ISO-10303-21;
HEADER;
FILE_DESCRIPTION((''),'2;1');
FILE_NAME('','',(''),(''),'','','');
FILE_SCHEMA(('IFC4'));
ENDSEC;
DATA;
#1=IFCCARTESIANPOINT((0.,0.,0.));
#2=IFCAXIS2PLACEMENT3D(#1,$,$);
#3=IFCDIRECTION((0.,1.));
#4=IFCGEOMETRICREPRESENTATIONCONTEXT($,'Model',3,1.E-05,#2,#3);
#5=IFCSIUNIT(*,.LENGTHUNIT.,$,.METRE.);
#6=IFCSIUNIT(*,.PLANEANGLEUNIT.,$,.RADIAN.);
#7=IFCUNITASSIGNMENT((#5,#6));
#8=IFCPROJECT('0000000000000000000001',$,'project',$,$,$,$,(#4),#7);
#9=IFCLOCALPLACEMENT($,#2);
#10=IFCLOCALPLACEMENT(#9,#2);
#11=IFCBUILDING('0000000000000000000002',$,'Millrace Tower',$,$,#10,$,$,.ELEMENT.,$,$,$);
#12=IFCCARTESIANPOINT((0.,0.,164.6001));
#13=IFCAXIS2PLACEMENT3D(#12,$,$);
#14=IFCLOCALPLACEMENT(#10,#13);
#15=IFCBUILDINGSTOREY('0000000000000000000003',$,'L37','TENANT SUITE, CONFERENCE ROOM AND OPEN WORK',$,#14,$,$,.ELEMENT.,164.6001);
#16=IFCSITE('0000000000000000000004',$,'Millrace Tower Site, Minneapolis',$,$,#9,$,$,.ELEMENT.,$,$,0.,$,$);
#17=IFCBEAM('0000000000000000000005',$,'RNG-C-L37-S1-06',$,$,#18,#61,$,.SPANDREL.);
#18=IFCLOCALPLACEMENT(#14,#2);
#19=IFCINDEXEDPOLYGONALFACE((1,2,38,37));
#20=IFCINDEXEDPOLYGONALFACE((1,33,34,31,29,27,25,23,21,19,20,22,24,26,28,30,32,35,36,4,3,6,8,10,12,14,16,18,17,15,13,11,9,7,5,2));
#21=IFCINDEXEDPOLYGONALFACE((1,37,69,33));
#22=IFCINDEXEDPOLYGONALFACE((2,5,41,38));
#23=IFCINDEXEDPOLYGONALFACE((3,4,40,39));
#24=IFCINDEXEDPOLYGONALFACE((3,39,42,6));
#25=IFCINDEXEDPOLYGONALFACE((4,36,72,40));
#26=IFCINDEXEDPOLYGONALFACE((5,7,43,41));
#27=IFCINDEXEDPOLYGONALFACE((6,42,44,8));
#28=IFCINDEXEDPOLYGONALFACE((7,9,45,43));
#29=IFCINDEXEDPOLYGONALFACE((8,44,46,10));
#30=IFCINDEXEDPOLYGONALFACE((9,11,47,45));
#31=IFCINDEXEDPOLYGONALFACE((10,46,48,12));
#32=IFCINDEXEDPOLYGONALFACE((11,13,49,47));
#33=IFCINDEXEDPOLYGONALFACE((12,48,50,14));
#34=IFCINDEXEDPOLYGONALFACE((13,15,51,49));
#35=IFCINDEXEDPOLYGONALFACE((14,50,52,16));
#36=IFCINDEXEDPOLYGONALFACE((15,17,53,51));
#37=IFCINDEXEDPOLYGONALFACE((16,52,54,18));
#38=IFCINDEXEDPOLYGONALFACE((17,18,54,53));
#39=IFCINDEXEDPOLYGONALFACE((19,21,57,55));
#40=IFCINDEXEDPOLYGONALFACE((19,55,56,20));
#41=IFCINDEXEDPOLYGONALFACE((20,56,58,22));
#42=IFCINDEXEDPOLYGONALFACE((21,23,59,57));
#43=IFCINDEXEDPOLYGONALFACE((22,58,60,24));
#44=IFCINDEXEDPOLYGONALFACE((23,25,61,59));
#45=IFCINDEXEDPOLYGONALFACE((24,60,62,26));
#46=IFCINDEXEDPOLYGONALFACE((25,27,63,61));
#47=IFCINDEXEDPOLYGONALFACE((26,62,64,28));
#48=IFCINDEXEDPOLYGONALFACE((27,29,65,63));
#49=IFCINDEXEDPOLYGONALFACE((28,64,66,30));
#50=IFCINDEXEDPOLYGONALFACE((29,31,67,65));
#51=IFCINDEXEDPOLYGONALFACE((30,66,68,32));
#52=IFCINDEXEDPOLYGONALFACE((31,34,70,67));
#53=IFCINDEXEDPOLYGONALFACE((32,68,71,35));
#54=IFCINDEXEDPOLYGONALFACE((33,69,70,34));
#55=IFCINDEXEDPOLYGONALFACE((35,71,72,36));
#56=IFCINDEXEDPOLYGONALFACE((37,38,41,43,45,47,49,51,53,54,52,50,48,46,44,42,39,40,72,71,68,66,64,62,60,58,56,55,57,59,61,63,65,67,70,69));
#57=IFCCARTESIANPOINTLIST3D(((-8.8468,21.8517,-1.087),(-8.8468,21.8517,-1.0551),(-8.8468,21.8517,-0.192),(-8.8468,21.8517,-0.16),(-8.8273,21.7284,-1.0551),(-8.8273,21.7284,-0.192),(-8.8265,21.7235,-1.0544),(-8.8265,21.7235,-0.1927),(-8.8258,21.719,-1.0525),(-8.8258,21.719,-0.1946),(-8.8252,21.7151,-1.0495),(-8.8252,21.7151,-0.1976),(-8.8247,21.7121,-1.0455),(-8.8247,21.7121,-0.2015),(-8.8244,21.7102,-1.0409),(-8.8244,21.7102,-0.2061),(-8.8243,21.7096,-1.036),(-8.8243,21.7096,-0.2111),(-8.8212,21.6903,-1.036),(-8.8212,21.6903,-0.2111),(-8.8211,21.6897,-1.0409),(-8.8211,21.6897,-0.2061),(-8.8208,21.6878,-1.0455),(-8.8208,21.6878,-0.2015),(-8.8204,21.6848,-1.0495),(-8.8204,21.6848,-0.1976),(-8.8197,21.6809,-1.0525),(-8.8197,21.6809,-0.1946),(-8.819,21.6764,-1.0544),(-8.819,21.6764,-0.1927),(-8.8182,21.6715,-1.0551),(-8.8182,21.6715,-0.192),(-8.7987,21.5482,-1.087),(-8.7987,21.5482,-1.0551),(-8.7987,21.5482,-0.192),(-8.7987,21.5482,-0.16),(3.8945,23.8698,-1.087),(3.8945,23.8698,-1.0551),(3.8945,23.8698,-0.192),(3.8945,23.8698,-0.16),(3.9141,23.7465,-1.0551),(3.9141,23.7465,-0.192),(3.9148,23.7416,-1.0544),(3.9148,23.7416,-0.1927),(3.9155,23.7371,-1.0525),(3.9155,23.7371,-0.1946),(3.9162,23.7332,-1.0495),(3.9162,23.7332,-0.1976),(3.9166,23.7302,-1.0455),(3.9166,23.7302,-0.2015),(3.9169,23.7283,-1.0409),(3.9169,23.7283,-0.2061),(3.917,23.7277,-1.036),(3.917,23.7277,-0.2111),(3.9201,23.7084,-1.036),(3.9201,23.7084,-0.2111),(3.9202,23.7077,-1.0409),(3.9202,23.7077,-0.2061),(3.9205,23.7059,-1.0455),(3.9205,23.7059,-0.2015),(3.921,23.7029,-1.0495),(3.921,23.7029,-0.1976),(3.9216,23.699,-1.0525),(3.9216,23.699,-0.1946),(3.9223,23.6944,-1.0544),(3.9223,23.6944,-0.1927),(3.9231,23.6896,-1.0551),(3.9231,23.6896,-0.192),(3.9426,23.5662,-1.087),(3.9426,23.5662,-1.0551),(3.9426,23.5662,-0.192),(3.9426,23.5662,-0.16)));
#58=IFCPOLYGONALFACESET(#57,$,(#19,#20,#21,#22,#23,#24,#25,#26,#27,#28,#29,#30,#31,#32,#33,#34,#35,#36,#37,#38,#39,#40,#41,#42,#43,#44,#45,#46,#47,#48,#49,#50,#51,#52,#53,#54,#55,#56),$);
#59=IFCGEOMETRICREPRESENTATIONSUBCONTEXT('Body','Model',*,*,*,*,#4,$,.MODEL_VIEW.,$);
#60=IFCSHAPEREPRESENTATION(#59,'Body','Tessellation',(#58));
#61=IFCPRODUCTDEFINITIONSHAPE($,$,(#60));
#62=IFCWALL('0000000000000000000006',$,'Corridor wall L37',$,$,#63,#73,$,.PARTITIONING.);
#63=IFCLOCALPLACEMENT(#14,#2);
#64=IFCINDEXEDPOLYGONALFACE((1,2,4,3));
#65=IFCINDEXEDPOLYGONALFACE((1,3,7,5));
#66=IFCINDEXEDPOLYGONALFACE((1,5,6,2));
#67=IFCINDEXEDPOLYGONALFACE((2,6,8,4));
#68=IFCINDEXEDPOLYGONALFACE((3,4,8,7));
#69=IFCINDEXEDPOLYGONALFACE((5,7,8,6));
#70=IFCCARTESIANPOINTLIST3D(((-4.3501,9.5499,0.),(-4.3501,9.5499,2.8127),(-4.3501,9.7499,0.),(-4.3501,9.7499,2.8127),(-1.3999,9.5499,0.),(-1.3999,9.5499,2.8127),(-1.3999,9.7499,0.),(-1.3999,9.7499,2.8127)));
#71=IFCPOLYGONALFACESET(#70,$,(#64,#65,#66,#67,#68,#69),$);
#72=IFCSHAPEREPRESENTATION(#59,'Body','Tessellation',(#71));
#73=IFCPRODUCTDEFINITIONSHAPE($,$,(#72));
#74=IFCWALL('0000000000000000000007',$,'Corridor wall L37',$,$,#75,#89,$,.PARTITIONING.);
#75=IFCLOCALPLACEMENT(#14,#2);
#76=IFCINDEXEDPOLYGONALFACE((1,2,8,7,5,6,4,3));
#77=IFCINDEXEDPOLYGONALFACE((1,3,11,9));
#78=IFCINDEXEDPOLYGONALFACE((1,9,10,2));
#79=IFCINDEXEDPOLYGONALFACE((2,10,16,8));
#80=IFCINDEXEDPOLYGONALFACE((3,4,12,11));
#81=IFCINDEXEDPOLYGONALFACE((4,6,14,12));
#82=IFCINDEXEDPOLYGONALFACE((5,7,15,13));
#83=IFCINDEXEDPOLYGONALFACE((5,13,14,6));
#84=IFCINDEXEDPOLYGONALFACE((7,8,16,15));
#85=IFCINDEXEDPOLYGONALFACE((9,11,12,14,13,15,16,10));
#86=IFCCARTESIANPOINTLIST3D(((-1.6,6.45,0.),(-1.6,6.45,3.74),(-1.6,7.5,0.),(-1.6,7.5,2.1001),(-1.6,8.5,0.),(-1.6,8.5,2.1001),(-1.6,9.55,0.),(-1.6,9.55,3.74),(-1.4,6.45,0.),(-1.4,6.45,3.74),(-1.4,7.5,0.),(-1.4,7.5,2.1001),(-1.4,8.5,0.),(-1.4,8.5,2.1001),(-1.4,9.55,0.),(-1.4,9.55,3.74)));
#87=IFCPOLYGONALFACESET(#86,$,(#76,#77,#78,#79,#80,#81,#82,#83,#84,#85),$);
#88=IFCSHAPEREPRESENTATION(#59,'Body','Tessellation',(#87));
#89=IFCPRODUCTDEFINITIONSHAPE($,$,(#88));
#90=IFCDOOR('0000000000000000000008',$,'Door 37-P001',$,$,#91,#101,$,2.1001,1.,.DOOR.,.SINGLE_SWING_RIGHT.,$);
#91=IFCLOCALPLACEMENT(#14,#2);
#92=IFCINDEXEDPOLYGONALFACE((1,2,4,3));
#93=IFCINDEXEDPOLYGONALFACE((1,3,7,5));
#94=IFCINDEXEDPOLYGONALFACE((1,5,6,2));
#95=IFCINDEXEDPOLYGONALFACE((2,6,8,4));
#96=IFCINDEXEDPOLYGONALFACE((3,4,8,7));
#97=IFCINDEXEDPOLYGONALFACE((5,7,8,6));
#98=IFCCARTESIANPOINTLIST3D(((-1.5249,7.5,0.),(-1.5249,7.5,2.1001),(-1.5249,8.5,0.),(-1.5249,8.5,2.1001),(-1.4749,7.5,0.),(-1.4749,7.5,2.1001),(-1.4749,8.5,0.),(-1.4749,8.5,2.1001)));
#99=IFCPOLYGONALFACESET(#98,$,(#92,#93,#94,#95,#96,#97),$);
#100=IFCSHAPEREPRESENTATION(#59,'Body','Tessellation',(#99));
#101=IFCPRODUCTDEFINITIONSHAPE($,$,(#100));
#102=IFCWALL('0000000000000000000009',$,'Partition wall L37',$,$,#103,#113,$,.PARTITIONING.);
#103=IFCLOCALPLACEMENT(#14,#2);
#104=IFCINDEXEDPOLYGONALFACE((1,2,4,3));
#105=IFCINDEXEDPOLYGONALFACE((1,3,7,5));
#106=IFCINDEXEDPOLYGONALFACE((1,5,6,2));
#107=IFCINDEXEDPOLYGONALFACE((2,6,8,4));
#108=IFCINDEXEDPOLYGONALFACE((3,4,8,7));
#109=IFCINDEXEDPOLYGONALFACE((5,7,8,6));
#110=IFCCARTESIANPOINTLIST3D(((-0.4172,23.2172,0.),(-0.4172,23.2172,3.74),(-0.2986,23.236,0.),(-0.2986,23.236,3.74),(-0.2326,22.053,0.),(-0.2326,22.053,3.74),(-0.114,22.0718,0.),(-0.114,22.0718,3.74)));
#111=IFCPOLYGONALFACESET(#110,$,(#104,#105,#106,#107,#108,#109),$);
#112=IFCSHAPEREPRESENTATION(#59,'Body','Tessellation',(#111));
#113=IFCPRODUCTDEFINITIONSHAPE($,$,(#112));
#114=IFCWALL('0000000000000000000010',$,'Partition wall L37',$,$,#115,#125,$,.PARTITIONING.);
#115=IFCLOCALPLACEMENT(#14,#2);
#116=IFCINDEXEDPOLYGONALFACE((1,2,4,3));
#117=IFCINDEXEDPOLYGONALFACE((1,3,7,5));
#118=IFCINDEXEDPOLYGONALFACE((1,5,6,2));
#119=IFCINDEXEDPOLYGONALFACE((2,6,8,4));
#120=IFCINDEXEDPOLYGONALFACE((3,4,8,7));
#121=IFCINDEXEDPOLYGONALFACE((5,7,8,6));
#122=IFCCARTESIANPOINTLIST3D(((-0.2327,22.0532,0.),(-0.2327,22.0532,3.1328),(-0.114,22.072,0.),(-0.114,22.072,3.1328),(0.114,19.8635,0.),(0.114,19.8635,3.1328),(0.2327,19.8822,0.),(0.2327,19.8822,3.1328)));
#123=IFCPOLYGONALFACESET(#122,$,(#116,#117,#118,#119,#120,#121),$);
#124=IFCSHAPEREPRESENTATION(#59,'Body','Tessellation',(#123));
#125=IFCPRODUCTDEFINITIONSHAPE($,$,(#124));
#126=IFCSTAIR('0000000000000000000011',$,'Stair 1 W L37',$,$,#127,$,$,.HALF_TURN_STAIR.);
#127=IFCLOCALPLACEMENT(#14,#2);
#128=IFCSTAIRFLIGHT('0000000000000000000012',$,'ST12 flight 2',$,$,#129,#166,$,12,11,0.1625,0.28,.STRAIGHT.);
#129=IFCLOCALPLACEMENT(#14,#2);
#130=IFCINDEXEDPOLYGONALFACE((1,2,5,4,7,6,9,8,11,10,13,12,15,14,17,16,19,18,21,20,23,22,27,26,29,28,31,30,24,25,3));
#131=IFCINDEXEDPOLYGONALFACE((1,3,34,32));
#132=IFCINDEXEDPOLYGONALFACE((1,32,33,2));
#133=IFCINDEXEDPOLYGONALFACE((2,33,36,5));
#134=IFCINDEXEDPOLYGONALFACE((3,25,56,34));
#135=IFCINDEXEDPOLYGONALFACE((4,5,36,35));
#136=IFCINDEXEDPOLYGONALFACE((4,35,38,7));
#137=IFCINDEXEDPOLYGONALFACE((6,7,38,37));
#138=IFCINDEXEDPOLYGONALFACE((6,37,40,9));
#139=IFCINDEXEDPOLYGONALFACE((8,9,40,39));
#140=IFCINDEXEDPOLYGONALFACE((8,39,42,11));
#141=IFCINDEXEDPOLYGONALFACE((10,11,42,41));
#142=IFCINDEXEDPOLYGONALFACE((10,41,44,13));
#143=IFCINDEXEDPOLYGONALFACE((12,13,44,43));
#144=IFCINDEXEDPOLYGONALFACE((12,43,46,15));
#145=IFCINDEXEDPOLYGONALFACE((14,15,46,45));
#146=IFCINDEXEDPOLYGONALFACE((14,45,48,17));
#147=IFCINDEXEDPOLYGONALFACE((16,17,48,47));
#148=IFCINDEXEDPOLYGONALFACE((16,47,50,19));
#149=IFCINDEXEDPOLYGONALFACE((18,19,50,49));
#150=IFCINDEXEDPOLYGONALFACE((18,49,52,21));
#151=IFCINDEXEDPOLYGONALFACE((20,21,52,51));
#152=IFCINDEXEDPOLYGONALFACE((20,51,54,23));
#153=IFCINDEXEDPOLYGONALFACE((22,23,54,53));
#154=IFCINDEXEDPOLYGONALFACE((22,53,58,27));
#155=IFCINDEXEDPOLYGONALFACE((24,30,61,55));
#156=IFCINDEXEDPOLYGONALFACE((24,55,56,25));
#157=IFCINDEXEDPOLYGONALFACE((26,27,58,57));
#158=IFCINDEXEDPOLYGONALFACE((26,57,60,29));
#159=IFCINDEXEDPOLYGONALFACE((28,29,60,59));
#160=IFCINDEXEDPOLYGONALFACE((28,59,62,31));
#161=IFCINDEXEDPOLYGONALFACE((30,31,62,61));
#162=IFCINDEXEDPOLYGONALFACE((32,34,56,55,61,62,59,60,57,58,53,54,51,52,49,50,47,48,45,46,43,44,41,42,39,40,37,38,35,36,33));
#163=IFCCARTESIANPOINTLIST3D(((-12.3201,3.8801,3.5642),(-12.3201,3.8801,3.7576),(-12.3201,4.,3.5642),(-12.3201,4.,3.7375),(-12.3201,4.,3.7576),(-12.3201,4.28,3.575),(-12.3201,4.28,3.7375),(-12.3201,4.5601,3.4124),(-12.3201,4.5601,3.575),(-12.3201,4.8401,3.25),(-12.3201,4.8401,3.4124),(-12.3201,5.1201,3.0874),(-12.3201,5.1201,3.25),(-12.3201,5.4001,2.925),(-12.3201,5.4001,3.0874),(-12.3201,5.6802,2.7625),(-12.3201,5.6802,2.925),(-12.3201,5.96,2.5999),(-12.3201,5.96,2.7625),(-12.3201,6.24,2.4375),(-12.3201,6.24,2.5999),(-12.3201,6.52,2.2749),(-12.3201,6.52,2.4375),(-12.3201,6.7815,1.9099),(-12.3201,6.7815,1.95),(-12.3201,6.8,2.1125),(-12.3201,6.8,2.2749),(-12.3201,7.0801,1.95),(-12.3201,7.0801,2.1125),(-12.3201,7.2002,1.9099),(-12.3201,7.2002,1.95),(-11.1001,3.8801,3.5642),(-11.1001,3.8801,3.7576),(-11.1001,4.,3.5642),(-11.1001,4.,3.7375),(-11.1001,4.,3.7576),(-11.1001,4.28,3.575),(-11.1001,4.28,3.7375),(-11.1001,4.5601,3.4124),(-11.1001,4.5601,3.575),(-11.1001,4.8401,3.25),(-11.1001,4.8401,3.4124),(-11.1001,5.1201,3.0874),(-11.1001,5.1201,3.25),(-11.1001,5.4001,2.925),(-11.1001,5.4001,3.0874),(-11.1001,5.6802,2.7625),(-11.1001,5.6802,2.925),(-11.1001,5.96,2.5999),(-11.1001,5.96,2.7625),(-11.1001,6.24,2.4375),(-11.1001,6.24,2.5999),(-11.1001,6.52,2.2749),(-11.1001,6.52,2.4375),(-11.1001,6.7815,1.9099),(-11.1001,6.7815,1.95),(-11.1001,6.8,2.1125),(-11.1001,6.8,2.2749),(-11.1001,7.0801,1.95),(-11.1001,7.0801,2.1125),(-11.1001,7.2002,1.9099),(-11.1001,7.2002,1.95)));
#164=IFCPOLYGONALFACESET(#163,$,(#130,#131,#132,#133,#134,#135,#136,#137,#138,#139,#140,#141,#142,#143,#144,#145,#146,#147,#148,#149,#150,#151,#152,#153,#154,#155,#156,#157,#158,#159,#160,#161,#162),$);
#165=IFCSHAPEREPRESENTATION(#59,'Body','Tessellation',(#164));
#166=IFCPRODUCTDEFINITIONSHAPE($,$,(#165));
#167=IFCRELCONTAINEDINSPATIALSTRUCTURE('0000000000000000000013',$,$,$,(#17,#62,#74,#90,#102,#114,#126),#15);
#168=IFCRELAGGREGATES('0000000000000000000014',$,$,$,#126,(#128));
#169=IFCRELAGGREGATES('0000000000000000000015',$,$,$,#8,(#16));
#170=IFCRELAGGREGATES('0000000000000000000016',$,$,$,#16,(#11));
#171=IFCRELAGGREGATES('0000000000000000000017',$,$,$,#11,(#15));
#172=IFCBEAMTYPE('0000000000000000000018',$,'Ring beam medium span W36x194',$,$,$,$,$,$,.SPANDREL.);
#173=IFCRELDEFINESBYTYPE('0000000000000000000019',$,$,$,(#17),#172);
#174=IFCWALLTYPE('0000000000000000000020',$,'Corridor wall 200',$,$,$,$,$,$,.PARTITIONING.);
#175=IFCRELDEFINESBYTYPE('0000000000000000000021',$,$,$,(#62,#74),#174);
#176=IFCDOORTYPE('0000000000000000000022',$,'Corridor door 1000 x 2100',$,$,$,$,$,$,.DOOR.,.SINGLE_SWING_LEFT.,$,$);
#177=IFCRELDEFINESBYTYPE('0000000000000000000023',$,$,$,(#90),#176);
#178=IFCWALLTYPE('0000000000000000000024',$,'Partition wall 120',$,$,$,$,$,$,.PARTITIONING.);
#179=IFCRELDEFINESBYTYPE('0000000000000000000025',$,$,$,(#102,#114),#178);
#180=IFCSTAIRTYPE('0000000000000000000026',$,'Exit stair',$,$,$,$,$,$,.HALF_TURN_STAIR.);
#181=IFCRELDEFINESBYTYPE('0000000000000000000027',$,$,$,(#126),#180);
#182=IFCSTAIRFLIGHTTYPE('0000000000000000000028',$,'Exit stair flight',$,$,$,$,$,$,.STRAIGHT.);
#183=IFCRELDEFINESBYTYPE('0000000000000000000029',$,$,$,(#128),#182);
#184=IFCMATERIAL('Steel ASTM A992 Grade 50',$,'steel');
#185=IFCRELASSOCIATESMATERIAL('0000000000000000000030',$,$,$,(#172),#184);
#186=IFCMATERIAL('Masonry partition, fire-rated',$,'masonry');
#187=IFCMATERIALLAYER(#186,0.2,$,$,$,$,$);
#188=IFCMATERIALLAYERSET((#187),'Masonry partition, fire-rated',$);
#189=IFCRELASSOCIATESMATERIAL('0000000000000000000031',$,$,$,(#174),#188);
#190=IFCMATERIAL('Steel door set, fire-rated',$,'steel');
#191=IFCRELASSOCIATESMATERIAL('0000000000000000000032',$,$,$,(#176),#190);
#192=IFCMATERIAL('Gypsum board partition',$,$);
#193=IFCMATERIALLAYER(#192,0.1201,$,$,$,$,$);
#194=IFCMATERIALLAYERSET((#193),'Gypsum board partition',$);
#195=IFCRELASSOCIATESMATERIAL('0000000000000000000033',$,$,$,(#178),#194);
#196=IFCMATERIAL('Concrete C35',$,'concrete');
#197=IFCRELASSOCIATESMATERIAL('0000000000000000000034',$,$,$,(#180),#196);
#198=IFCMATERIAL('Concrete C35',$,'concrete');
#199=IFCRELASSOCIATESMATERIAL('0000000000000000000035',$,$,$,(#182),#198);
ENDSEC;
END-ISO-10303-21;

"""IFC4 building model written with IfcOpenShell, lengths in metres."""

from ifc_helpers import new_model, si_unit, direction, frame, frame_2d, origin, origin_2d, place, context, subcontext, project, spatial, polyline, rectangle, i_section, outline, extrude, material, layer, layer_set, material_profile, profile_set, type_object, element, fill, aggregate, save


model = new_model("IFC4")

# Units and contexts
model_context = context("Model", 3, precision=1e-05, world=origin(), true_north=direction((0.0, 1.0)))
body_context = subcontext(model_context, "Body", "Model", "MODEL_VIEW")
ifc_project = project(units=[si_unit("LENGTHUNIT", "METRE"), si_unit("PLANEANGLEUNIT", "RADIAN")], contexts=[model_context])

# Site, building, storey
site_placement = place(None, origin())
site = spatial("IfcSite", under=ifc_project, at=site_placement, Name="Millrace Tower Site, Minneapolis", CompositionType="ELEMENT", RefElevation=0.0)
building_placement = place(site_placement, origin())
building = spatial("IfcBuilding", under=site, at=building_placement, Name="Millrace Tower", CompositionType="ELEMENT")
storey_placement = place(building_placement, frame((0.0, 0.0, 164.6001)))
storey = spatial("IfcBuildingStorey", under=building, at=storey_placement, Name="L37", Description="TENANT SUITE, CONFERENCE ROOM AND OPEN WORK", CompositionType="ELEMENT", Elevation=164.6001)

# Shared definitions
placement = place(storey_placement, origin())

# Beam
ifc_material_1 = material(Name="Steel ASTM A992 Grade 50", Category="steel")
ifc_material_profile_1 = material_profile(ifc_material_1, i_section(OverallWidth=0.3074, OverallDepth=0.927, WebThickness=0.0195, FlangeThickness=0.032, FilletRadius=0.019, at=origin_2d()))
ifc_profile_set_1 = profile_set([ifc_material_profile_1], Name="Steel ASTM A992 Grade 50")
beam_type_1 = type_object("IfcBeamType", Name="Ring beam medium span W36x194", PredefinedType="SPANDREL", material=ifc_profile_set_1)
beam_1_placement = place(storey_placement, frame((-8.8228, 21.7, -0.6235), z_axis=(0.987688, 0.156439, 0.0), x_axis=(-0.156439, 0.987688, 0.0)))
element("IfcBeam", 1, at=beam_1_placement, inside=storey, type_object=beam_type_1, Name="RNG-C-L37-S1-06", PredefinedType="SPANDREL", context=body_context, shape_type="SweptSolid", body=[
    extrude(i_section(OverallWidth=0.3074, OverallDepth=0.927, WebThickness=0.0195, FlangeThickness=0.032, FilletRadius=0.019, at=origin_2d()), origin(), (0.0, 0.0, 1.0), 12.9001),
])

# Wall
ifc_material_2 = material(Name="Masonry partition, fire-rated", Category="masonry")
ifc_layer_1 = layer(ifc_material_2, 0.2)
ifc_layer_set_1 = layer_set([ifc_layer_1], Name="Masonry partition, fire-rated")
wall_type_1 = type_object("IfcWallType", Name="Corridor wall 200", PredefinedType="PARTITIONING", material=ifc_layer_set_1)
wall_1_placement = place(storey_placement, frame((-4.3501, 9.6499, 0.0), z_axis=(0.0, 0.0, 1.0), x_axis=(1.0, 0.0, 0.0)))
element("IfcWall", 2, at=wall_1_placement, inside=storey, type_object=wall_type_1, Name="Corridor wall L37", PredefinedType="PARTITIONING", context=body_context, shape_type="SweptSolid", body=[
    extrude(rectangle(XDim=2.9502, YDim=0.2, at=frame_2d((1.4751, 0.0))), origin(), (0.0, 0.0, 1.0), 2.8127),
])

# Wall, opening, door
wall_2_placement = place(storey_placement, frame((-1.5, 6.45, 0.0), z_axis=(0.0, 0.0, 1.0), x_axis=(0.0, 1.0, 0.0)))
wall_2 = element("IfcWall", 3, at=wall_2_placement, inside=storey, type_object=wall_type_1, Name="Corridor wall L37", PredefinedType="PARTITIONING", context=body_context, shape_type="SweptSolid", body=[
    extrude(rectangle(XDim=3.1001, YDim=0.2, at=frame_2d((1.55, 0.0))), origin(), (0.0, 0.0, 1.0), 3.74),
])
opening_placement = place(wall_2_placement, frame((1.05, 0.0, 0.0)))
opening = element("IfcOpeningElement", 4, at=opening_placement, cuts=wall_2, PredefinedType="OPENING", context=body_context, shape_type="SweptSolid", body=[
    extrude(rectangle(XDim=1.0, YDim=2.1001, at=frame_2d((0.5, 1.05))), frame((0.0, 0.1099, 0.0), z_axis=(0.0, -1.0, 0.0), x_axis=(1.0, 0.0, 0.0)), (0.0, 0.0, 1.0), 0.22),
])
ifc_material_3 = material(Name="Steel door set, fire-rated", Category="steel")
door_type = type_object("IfcDoorType", Name="Corridor door 1000 x 2100", OperationType="SINGLE_SWING_LEFT", PredefinedType="DOOR", material=ifc_material_3)
door_placement = place(opening_placement, origin())
door = element("IfcDoor", 5, at=door_placement, inside=storey, type_object=door_type, Name="Door 37-P001", OperationType="SINGLE_SWING_RIGHT", OverallHeight=2.1001, OverallWidth=1.0, PredefinedType="DOOR", context=body_context, shape_type="SweptSolid", body=[
    extrude(rectangle(XDim=1.0, YDim=2.1001, at=frame_2d((0.5, 1.05))), frame((0.0, 0.0249, 0.0), z_axis=(0.0, -1.0, 0.0), x_axis=(1.0, 0.0, 0.0)), (0.0, 0.0, 1.0), 0.05),
])
fill(opening, door)

# Walls
ifc_material_4 = material(Name="Gypsum board partition")
ifc_layer_2 = layer(ifc_material_4, 0.1201)
ifc_layer_set_2 = layer_set([ifc_layer_2], Name="Gypsum board partition")
wall_type_2 = type_object("IfcWallType", Name="Partition wall 120", PredefinedType="PARTITIONING", material=ifc_layer_set_2)
wall_3_placement = place(storey_placement, frame((-0.3579, 23.2266, 0.0), z_axis=(0.0, 0.0, 1.0), x_axis=(0.156601, -0.987662, 0.0)))
element("IfcWall", 6, at=wall_3_placement, inside=storey, type_object=wall_type_2, Name="Partition wall L37", PredefinedType="PARTITIONING", context=body_context, shape_type="SweptSolid", body=[
    extrude(rectangle(XDim=1.1787, YDim=0.1201, at=frame_2d((0.5894, 0.0))), origin(), (0.0, 0.0, 1.0), 3.74),
])
wall_4_placement = place(storey_placement, frame((-0.1733, 22.0625, 0.0), z_axis=(0.0, 0.0, 1.0), x_axis=(0.156375, -0.987698, 0.0)))
element("IfcWall", 7, at=wall_4_placement, inside=storey, type_object=wall_type_2, Name="Partition wall L37", PredefinedType="PARTITIONING", context=body_context, shape_type="SweptSolid", body=[
    extrude(rectangle(XDim=2.217, YDim=0.1201, at=frame_2d((1.1084, 0.0))), origin(), (0.0, 0.0, 1.0), 3.1328),
])

# Stair, stair flight
ifc_material_5 = material(Name="Concrete C35", Category="concrete")
stair_type = type_object("IfcStairType", Name="Exit stair", PredefinedType="HALF_TURN_STAIR", material=ifc_material_5)
stair_1 = element("IfcStair", 8, at=placement, inside=storey, type_object=stair_type, Name="Stair 1 W L37", PredefinedType="HALF_TURN_STAIR")
ifc_material_6 = material(Name="Concrete C35", Category="concrete")
stair_flight_type = type_object("IfcStairFlightType", Name="Exit stair flight", PredefinedType="STRAIGHT", material=ifc_material_6)
stair_flight_1_placement = place(storey_placement, frame((-11.71, 7.0801, 1.95), z_axis=(0.0, 0.0, 1.0), x_axis=(0.0, -1.0, 0.0)))
stair_flight_1 = element("IfcStairFlight", 9, at=stair_flight_1_placement, type_object=stair_flight_type, Name="ST12 flight 2", NumberOfRisers=12, NumberOfTreads=11, PredefinedType="STRAIGHT", RiserHeight=0.1625, TreadLength=0.28, context=body_context, shape_type="SweptSolid", body=[
    extrude(outline(polyline([(-0.1201, -0.04), (-0.1201, 0.0), (0.0, 0.0), (0.0, 0.1626), (0.28, 0.1626), (0.28, 0.325), (0.5601, 0.325), (0.5601, 0.4875), (0.8401, 0.4875), (0.8401, 0.6499), (1.1201, 0.6499), (1.1201, 0.8125), (1.3999, 0.8125), (1.3999, 0.9751), (1.6799, 0.9751), (1.6799, 1.1375), (1.96, 1.1375), (1.96, 1.3), (2.24, 1.3), (2.24, 1.4624), (2.52, 1.4624), (2.52, 1.625), (2.8, 1.625), (2.8, 1.7876), (3.0801, 1.7876), (3.0801, 1.8076), (3.2, 1.8076), (3.2, 1.6143), (3.0801, 1.6143), (0.2986, 0.0), (0.2986, -0.04), (-0.1201, -0.04)])), frame((0.0, 0.6099, 0.0), z_axis=(0.0, -1.0, 0.0), x_axis=(1.0, 0.0, 0.0)), (0.0, 0.0, 1.0), 1.22),
])
aggregate(stair_1, [stair_flight_1])

save(model, "model.ifc")
